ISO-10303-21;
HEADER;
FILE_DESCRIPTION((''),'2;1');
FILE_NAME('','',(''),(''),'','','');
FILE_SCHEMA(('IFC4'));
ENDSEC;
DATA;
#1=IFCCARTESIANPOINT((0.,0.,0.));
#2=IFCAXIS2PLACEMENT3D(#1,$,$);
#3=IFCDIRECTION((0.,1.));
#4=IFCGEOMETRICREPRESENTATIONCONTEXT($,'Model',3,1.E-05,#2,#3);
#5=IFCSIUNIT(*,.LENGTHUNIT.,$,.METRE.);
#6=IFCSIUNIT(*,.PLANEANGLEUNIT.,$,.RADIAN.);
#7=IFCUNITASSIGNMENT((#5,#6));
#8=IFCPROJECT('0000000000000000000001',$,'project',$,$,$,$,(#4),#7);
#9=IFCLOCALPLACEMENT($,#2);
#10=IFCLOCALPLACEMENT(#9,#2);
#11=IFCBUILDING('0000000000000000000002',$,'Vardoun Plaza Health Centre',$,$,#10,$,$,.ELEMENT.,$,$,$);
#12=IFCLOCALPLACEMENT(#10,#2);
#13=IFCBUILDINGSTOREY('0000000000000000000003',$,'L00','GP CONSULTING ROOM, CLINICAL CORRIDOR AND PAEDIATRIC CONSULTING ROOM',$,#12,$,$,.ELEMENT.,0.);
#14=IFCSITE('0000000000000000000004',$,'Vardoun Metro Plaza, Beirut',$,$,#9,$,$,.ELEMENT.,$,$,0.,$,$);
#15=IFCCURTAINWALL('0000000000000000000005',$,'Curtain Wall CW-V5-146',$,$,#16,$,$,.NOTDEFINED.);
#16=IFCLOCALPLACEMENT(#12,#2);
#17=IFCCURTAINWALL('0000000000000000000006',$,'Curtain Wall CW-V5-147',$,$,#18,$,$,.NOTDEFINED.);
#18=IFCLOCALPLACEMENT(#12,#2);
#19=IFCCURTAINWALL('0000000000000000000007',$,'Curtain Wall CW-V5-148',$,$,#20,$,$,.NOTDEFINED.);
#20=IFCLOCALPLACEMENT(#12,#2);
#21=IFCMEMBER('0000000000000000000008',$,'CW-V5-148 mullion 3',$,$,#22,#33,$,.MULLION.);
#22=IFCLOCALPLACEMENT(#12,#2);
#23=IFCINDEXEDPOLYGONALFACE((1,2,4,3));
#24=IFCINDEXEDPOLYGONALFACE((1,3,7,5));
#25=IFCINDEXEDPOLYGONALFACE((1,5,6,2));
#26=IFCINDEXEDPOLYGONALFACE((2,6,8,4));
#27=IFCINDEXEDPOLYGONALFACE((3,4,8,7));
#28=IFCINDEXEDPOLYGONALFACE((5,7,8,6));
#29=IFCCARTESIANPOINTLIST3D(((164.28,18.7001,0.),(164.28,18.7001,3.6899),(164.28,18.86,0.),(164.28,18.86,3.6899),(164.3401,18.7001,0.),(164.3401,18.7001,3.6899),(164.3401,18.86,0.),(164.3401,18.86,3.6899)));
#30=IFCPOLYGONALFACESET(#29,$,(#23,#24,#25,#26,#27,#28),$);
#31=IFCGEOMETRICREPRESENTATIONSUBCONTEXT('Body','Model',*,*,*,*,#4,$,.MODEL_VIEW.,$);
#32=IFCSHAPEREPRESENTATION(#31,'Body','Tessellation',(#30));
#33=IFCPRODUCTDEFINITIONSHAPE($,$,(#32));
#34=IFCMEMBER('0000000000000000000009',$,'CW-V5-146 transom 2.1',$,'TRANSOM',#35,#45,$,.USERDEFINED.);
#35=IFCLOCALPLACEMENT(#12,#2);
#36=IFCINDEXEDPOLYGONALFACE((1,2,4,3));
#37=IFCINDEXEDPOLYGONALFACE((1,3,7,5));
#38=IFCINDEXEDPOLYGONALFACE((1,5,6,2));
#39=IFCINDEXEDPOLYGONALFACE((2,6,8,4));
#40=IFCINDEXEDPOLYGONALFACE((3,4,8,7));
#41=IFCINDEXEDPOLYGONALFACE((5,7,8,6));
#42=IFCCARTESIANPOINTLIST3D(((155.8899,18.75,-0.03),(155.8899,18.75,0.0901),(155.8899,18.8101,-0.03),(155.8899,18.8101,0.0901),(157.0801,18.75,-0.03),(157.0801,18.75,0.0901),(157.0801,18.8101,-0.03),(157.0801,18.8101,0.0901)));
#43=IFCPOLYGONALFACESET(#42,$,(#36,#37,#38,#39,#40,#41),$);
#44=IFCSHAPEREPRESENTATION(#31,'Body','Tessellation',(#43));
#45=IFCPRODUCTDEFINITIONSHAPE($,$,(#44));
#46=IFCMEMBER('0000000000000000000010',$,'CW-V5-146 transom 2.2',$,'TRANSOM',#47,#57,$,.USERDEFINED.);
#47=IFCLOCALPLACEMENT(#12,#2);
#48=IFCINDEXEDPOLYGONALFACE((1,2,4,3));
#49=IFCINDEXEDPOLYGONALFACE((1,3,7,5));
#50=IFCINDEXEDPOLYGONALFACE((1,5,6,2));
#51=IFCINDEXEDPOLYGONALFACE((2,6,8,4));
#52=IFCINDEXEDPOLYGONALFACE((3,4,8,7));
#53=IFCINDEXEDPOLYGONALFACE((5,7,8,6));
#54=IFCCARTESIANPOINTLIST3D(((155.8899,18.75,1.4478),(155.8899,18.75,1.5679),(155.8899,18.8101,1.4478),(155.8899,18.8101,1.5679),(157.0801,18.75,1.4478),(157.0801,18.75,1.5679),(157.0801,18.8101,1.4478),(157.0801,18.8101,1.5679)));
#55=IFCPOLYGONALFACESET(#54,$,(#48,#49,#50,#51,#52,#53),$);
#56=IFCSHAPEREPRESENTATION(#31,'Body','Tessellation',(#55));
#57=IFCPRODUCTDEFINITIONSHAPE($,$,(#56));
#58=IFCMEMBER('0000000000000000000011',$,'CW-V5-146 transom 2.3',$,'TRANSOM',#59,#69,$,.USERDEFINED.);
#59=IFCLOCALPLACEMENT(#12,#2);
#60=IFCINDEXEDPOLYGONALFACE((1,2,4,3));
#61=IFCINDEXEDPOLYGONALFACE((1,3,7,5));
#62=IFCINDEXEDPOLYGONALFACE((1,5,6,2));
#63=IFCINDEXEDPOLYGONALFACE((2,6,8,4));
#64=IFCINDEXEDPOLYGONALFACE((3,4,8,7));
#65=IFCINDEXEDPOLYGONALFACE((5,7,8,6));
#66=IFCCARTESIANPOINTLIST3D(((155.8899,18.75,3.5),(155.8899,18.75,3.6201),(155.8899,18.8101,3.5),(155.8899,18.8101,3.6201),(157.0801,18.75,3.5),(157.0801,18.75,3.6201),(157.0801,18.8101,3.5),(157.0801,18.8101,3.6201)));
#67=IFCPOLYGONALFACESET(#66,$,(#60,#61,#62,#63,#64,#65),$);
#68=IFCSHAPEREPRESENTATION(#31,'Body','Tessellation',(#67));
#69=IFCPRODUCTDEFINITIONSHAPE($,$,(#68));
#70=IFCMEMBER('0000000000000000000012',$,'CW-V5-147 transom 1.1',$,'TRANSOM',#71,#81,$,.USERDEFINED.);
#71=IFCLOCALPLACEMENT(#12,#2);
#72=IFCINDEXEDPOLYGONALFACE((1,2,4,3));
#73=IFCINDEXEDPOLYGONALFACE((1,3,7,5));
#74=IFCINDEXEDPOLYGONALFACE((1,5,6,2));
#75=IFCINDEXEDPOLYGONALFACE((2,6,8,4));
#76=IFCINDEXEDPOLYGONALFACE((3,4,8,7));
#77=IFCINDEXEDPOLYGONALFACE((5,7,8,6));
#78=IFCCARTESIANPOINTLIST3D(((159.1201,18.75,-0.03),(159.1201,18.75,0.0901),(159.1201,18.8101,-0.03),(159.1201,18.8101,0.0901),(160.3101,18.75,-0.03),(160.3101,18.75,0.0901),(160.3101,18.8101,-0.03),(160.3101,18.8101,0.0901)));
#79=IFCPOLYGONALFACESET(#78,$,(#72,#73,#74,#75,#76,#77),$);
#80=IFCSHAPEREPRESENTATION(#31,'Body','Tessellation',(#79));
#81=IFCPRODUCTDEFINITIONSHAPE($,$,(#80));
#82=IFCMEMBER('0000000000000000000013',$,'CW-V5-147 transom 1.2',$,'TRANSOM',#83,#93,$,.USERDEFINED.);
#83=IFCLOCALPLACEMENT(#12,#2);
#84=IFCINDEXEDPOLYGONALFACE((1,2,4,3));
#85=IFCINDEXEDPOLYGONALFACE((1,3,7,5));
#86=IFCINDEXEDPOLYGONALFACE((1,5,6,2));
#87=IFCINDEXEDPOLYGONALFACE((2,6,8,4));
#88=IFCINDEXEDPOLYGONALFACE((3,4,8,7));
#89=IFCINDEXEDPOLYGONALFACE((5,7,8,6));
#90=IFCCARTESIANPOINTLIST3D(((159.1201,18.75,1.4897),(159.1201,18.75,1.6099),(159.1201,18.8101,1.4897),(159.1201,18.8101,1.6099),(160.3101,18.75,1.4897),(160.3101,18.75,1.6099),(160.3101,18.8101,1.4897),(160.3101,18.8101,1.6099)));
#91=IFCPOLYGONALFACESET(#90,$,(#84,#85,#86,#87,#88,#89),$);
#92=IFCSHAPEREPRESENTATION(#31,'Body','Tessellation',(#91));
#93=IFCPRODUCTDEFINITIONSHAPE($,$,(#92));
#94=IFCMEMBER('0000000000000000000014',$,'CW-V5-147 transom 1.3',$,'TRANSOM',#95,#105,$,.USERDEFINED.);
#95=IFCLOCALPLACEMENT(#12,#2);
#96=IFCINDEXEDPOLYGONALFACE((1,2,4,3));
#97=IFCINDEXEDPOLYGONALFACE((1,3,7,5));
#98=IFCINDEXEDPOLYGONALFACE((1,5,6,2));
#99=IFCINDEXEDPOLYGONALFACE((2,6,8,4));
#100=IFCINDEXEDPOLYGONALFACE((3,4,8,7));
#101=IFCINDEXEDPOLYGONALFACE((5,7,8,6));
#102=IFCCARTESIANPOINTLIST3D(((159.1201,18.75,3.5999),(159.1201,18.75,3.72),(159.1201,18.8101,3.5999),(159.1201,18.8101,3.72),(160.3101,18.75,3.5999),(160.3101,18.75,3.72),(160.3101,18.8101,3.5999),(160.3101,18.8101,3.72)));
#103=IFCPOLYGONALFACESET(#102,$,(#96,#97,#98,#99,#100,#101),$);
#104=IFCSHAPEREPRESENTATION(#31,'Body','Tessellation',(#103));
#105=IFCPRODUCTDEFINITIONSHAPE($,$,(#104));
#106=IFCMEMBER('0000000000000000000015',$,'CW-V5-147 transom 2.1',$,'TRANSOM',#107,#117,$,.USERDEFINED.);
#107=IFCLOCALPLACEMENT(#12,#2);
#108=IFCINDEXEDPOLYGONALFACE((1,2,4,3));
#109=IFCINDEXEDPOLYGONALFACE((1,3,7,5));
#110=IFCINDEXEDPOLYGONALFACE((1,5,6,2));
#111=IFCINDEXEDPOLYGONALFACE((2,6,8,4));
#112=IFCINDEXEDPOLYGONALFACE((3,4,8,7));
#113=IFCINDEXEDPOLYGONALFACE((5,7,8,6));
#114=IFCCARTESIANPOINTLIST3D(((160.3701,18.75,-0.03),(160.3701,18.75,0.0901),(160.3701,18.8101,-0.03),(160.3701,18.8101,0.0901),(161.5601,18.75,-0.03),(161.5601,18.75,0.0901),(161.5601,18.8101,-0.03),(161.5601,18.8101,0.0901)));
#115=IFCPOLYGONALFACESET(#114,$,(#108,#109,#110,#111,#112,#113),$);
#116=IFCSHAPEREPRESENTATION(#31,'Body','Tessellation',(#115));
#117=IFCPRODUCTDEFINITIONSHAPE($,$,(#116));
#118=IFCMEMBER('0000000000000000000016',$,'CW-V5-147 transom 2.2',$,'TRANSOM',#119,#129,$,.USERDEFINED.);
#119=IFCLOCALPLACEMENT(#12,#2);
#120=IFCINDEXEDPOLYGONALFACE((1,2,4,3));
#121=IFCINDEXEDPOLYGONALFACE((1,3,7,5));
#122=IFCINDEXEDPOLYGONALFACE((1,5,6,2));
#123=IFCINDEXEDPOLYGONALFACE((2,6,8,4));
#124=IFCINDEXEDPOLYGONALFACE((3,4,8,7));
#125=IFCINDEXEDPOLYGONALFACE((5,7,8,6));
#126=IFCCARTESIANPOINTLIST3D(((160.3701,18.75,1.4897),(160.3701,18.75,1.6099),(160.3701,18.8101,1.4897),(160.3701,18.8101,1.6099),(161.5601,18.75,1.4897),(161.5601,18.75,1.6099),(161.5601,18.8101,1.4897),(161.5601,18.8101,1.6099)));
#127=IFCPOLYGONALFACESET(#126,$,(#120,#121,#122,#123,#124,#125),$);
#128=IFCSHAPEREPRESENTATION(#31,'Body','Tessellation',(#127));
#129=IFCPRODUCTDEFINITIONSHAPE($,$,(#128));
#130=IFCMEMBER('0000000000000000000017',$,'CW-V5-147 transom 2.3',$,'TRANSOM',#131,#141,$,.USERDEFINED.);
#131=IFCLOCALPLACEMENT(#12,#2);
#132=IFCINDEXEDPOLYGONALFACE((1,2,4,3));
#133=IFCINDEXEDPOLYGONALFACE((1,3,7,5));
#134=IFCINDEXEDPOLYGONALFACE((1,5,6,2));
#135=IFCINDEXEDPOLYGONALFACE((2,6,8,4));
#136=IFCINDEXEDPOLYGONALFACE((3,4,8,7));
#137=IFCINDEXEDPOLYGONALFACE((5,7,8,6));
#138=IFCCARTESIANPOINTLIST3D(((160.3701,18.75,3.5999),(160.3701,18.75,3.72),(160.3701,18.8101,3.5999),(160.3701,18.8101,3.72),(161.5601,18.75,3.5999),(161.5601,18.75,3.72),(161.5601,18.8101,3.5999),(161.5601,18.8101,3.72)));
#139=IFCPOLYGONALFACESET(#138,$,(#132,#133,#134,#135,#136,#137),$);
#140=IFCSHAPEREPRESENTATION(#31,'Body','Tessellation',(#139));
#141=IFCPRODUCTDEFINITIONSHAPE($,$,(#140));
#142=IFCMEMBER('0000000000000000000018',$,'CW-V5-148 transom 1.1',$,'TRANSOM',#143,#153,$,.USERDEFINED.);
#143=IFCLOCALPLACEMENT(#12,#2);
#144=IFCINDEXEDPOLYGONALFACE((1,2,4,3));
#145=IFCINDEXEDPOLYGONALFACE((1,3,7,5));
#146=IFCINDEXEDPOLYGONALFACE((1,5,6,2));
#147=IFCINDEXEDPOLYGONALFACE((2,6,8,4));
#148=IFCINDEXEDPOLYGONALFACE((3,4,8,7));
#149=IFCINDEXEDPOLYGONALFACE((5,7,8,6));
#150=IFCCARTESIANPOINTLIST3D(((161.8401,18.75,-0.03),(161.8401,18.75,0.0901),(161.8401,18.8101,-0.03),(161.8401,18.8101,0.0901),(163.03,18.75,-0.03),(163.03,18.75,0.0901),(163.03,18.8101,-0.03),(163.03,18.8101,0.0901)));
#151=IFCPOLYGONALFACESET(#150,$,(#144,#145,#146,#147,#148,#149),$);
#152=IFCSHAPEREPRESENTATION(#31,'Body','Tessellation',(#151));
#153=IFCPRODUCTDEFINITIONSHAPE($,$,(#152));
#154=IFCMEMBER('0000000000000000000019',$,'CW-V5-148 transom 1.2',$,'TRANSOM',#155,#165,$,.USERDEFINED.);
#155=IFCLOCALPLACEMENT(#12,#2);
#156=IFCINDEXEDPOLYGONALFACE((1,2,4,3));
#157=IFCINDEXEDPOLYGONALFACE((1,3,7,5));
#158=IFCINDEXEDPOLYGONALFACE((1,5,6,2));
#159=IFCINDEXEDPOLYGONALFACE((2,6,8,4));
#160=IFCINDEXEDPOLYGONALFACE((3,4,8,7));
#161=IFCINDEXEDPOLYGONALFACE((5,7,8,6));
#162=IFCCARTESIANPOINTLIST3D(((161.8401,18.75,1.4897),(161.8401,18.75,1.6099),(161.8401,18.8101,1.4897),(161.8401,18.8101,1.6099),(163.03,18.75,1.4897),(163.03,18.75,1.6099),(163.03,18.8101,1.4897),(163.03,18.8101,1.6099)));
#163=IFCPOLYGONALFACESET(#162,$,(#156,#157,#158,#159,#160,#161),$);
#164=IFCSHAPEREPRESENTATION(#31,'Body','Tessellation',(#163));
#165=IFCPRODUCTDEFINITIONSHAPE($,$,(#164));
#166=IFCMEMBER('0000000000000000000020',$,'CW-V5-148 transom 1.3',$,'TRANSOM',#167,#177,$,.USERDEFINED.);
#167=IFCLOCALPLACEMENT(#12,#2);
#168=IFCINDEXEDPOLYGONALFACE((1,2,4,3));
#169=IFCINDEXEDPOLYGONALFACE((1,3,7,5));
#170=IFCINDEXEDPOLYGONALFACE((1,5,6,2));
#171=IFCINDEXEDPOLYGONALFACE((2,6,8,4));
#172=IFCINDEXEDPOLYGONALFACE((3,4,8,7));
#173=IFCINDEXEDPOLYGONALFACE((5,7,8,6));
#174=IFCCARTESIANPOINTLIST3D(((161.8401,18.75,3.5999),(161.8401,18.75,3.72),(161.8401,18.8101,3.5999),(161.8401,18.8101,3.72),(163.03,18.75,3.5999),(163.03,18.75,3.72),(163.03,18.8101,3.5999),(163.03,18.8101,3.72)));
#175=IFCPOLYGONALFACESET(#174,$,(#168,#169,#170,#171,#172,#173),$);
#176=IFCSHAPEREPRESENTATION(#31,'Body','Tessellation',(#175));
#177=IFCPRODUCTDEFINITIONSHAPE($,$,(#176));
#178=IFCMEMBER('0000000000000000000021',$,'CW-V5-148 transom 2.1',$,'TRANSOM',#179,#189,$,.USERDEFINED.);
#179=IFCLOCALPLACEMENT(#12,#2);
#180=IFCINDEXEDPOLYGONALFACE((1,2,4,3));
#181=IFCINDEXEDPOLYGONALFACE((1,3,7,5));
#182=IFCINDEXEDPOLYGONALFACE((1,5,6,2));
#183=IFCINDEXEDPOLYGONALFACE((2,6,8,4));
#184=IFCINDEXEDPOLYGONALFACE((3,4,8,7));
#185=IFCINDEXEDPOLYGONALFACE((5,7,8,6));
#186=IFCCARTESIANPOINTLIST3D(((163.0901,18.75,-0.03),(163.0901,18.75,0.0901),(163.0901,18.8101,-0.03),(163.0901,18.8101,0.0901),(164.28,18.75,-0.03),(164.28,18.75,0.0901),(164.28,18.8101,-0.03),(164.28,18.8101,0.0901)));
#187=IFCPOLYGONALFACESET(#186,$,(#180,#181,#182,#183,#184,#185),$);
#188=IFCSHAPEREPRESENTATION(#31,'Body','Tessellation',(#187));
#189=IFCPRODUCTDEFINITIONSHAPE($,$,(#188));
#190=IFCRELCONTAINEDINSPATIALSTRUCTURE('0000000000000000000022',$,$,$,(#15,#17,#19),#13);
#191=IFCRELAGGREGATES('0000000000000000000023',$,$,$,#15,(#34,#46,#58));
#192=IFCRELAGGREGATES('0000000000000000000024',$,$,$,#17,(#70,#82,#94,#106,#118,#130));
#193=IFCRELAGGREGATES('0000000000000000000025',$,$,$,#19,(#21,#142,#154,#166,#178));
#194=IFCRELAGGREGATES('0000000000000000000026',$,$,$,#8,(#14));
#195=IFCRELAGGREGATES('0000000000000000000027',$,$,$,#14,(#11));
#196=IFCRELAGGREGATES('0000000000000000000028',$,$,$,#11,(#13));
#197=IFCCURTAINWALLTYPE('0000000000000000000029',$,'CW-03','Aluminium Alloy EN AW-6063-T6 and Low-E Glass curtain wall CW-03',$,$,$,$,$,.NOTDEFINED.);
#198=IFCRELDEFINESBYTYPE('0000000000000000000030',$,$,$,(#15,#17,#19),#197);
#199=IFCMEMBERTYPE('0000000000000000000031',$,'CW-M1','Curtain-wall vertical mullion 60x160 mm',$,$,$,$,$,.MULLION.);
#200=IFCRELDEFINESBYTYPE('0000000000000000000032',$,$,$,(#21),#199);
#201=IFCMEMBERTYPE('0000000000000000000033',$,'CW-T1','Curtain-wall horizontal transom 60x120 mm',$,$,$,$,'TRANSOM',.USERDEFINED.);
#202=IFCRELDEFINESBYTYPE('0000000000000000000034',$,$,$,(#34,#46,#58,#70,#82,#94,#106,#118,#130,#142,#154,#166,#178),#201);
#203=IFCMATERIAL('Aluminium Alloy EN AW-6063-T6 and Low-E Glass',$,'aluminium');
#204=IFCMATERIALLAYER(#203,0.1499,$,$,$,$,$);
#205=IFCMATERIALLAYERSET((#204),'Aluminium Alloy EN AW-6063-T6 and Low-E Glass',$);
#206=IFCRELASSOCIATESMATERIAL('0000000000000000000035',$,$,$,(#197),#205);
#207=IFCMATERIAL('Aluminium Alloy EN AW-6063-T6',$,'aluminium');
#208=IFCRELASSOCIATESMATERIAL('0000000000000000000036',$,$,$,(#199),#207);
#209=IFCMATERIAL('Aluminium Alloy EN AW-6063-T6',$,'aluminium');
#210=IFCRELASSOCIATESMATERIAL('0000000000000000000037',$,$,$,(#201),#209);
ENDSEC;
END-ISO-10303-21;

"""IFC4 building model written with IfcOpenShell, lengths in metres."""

from ifc_helpers import new_model, si_unit, direction, frame, origin, origin_2d, place, context, subcontext, project, spatial, rectangle, extrude, material, layer, layer_set, material_profile, profile_set, type_object, element, aggregate, save


model = new_model("IFC4")

# Units and contexts
model_context = context("Model", 3, precision=1e-05, world=origin(), true_north=direction((0.0, 1.0)))
body_context = subcontext(model_context, "Body", "Model", "MODEL_VIEW")
ifc_project = project(units=[si_unit("LENGTHUNIT", "METRE"), si_unit("PLANEANGLEUNIT", "RADIAN")], contexts=[model_context])

# Site, building, storey
site_placement = place(None, origin())
site = spatial("IfcSite", under=ifc_project, at=site_placement, Name="Vardoun Metro Plaza, Beirut", CompositionType="ELEMENT", RefElevation=0.0)
building_placement = place(site_placement, origin())
building = spatial("IfcBuilding", under=site, at=building_placement, Name="Vardoun Plaza Health Centre", CompositionType="ELEMENT")
storey_placement = place(building_placement, origin())
storey = spatial("IfcBuildingStorey", under=building, at=storey_placement, Name="L00", Description="GP CONSULTING ROOM, CLINICAL CORRIDOR AND PAEDIATRIC CONSULTING ROOM", CompositionType="ELEMENT", Elevation=0.0)

# Curtain walls, member
ifc_material_1 = material(Name="Aluminium Alloy EN AW-6063-T6 and Low-E Glass", Category="aluminium")
ifc_layer_1 = layer(ifc_material_1, 0.1499)
ifc_layer_set_1 = layer_set([ifc_layer_1], Name="Aluminium Alloy EN AW-6063-T6 and Low-E Glass")
curtain_wall_type = type_object("IfcCurtainWallType", Name="CW-03", Description="Aluminium Alloy EN AW-6063-T6 and Low-E Glass curtain wall CW-03", PredefinedType="NOTDEFINED", material=ifc_layer_set_1)
curtain_wall_1_placement = place(storey_placement, origin())
curtain_wall_1 = element("IfcCurtainWall", 1, at=curtain_wall_1_placement, inside=storey, type_object=curtain_wall_type, Name="Curtain Wall CW-V5-146", PredefinedType="NOTDEFINED")
ifc_material_2 = material(Name="Aluminium Alloy EN AW-6063-T6", Category="aluminium")
ifc_material_profile_1 = material_profile(ifc_material_2, rectangle(XDim=0.1599, YDim=0.0601, at=origin_2d()), Name="CWM 60x160")
ifc_profile_set_1 = profile_set([ifc_material_profile_1], Name="Aluminium Alloy EN AW-6063-T6")
member_type_1 = type_object("IfcMemberType", Name="CW-M1", Description="Curtain-wall vertical mullion 60x160 mm", PredefinedType="MULLION", material=ifc_profile_set_1)
curtain_wall_2_placement = place(storey_placement, origin())
curtain_wall_2 = element("IfcCurtainWall", 2, at=curtain_wall_2_placement, inside=storey, type_object=curtain_wall_type, Name="Curtain Wall CW-V5-147", PredefinedType="NOTDEFINED")
curtain_wall_3_placement = place(storey_placement, origin())
curtain_wall_3 = element("IfcCurtainWall", 3, at=curtain_wall_3_placement, inside=storey, type_object=curtain_wall_type, Name="Curtain Wall CW-V5-148", PredefinedType="NOTDEFINED")
member_1_placement = place(storey_placement, frame((164.3101, 18.78, 0.0), z_axis=(0.0, 0.0, 1.0), x_axis=(0.0, 1.0, 0.0)))
member_1 = element("IfcMember", 4, at=member_1_placement, type_object=member_type_1, Name="CW-V5-148 mullion 3", PredefinedType="MULLION", context=body_context, shape_type="SweptSolid", body=[
    extrude(rectangle(XDim=0.1599, YDim=0.0601, at=origin_2d()), origin(), (0.0, 0.0, 1.0), 3.6899),
])

# Members
ifc_material_3 = material(Name="Aluminium Alloy EN AW-6063-T6", Category="aluminium")
ifc_material_profile_2 = material_profile(ifc_material_3, rectangle(XDim=0.0601, YDim=0.1201, at=origin_2d()), Name="CWT 60x120")
ifc_profile_set_2 = profile_set([ifc_material_profile_2], Name="Aluminium Alloy EN AW-6063-T6")
member_type_2 = type_object("IfcMemberType", Name="CW-T1", Description="Curtain-wall horizontal transom 60x120 mm", ElementType="TRANSOM", PredefinedType="USERDEFINED", material=ifc_profile_set_2)
member_2_placement = place(storey_placement, frame((155.8899, 18.78, 0.03), z_axis=(1.0, 0.0, 0.0), x_axis=(0.0, 1.0, 0.0)))
member_2 = element("IfcMember", 5, at=member_2_placement, type_object=member_type_2, Name="CW-V5-146 transom 2.1", ObjectType="TRANSOM", PredefinedType="USERDEFINED", context=body_context, shape_type="SweptSolid", body=[
    extrude(rectangle(XDim=0.0601, YDim=0.1201, at=origin_2d()), origin(), (0.0, 0.0, 1.0), 1.1902),
])
member_3_placement = place(storey_placement, frame((155.8899, 18.78, 1.5078), z_axis=(1.0, 0.0, 0.0), x_axis=(0.0, 1.0, 0.0)))
member_3 = element("IfcMember", 6, at=member_3_placement, type_object=member_type_2, Name="CW-V5-146 transom 2.2", ObjectType="TRANSOM", PredefinedType="USERDEFINED", context=body_context, shape_type="SweptSolid", body=[
    extrude(rectangle(XDim=0.0601, YDim=0.1201, at=origin_2d()), origin(), (0.0, 0.0, 1.0), 1.1902),
])
member_4_placement = place(storey_placement, frame((155.8899, 18.78, 3.5601), z_axis=(1.0, 0.0, 0.0), x_axis=(0.0, 1.0, 0.0)))
member_4 = element("IfcMember", 7, at=member_4_placement, type_object=member_type_2, Name="CW-V5-146 transom 2.3", ObjectType="TRANSOM", PredefinedType="USERDEFINED", context=body_context, shape_type="SweptSolid", body=[
    extrude(rectangle(XDim=0.0601, YDim=0.1201, at=origin_2d()), origin(), (0.0, 0.0, 1.0), 1.1902),
])
member_5_placement = place(storey_placement, frame((159.1201, 18.78, 0.03), z_axis=(1.0, 0.0, 0.0), x_axis=(0.0, 1.0, 0.0)))
member_5 = element("IfcMember", 8, at=member_5_placement, type_object=member_type_2, Name="CW-V5-147 transom 1.1", ObjectType="TRANSOM", PredefinedType="USERDEFINED", context=body_context, shape_type="SweptSolid", body=[
    extrude(rectangle(XDim=0.0601, YDim=0.1201, at=origin_2d()), origin(), (0.0, 0.0, 1.0), 1.1899),
])
member_6_placement = place(storey_placement, frame((159.1201, 18.78, 1.5498), z_axis=(1.0, 0.0, 0.0), x_axis=(0.0, 1.0, 0.0)))
member_6 = element("IfcMember", 9, at=member_6_placement, type_object=member_type_2, Name="CW-V5-147 transom 1.2", ObjectType="TRANSOM", PredefinedType="USERDEFINED", context=body_context, shape_type="SweptSolid", body=[
    extrude(rectangle(XDim=0.0601, YDim=0.1201, at=origin_2d()), origin(), (0.0, 0.0, 1.0), 1.1899),
])
member_7_placement = place(storey_placement, frame((159.1201, 18.78, 3.6599), z_axis=(1.0, 0.0, 0.0), x_axis=(0.0, 1.0, 0.0)))
member_7 = element("IfcMember", 10, at=member_7_placement, type_object=member_type_2, Name="CW-V5-147 transom 1.3", ObjectType="TRANSOM", PredefinedType="USERDEFINED", context=body_context, shape_type="SweptSolid", body=[
    extrude(rectangle(XDim=0.0601, YDim=0.1201, at=origin_2d()), origin(), (0.0, 0.0, 1.0), 1.1899),
])
member_8_placement = place(storey_placement, frame((160.3701, 18.78, 0.03), z_axis=(1.0, 0.0, 0.0), x_axis=(0.0, 1.0, 0.0)))
member_8 = element("IfcMember", 11, at=member_8_placement, type_object=member_type_2, Name="CW-V5-147 transom 2.1", ObjectType="TRANSOM", PredefinedType="USERDEFINED", context=body_context, shape_type="SweptSolid", body=[
    extrude(rectangle(XDim=0.0601, YDim=0.1201, at=origin_2d()), origin(), (0.0, 0.0, 1.0), 1.1899),
])
member_9_placement = place(storey_placement, frame((160.3701, 18.78, 1.5498), z_axis=(1.0, 0.0, 0.0), x_axis=(0.0, 1.0, 0.0)))
member_9 = element("IfcMember", 12, at=member_9_placement, type_object=member_type_2, Name="CW-V5-147 transom 2.2", ObjectType="TRANSOM", PredefinedType="USERDEFINED", context=body_context, shape_type="SweptSolid", body=[
    extrude(rectangle(XDim=0.0601, YDim=0.1201, at=origin_2d()), origin(), (0.0, 0.0, 1.0), 1.1899),
])
member_10_placement = place(storey_placement, frame((160.3701, 18.78, 3.6599), z_axis=(1.0, 0.0, 0.0), x_axis=(0.0, 1.0, 0.0)))
member_10 = element("IfcMember", 13, at=member_10_placement, type_object=member_type_2, Name="CW-V5-147 transom 2.3", ObjectType="TRANSOM", PredefinedType="USERDEFINED", context=body_context, shape_type="SweptSolid", body=[
    extrude(rectangle(XDim=0.0601, YDim=0.1201, at=origin_2d()), origin(), (0.0, 0.0, 1.0), 1.1899),
])
member_11_placement = place(storey_placement, frame((161.8401, 18.78, 0.03), z_axis=(1.0, 0.0, 0.0), x_axis=(0.0, 1.0, 0.0)))
member_11 = element("IfcMember", 14, at=member_11_placement, type_object=member_type_2, Name="CW-V5-148 transom 1.1", ObjectType="TRANSOM", PredefinedType="USERDEFINED", context=body_context, shape_type="SweptSolid", body=[
    extrude(rectangle(XDim=0.0601, YDim=0.1201, at=origin_2d()), origin(), (0.0, 0.0, 1.0), 1.1899),
])
member_12_placement = place(storey_placement, frame((161.8401, 18.78, 1.5498), z_axis=(1.0, 0.0, 0.0), x_axis=(0.0, 1.0, 0.0)))
member_12 = element("IfcMember", 15, at=member_12_placement, type_object=member_type_2, Name="CW-V5-148 transom 1.2", ObjectType="TRANSOM", PredefinedType="USERDEFINED", context=body_context, shape_type="SweptSolid", body=[
    extrude(rectangle(XDim=0.0601, YDim=0.1201, at=origin_2d()), origin(), (0.0, 0.0, 1.0), 1.1899),
])
member_13_placement = place(storey_placement, frame((161.8401, 18.78, 3.6599), z_axis=(1.0, 0.0, 0.0), x_axis=(0.0, 1.0, 0.0)))
member_13 = element("IfcMember", 16, at=member_13_placement, type_object=member_type_2, Name="CW-V5-148 transom 1.3", ObjectType="TRANSOM", PredefinedType="USERDEFINED", context=body_context, shape_type="SweptSolid", body=[
    extrude(rectangle(XDim=0.0601, YDim=0.1201, at=origin_2d()), origin(), (0.0, 0.0, 1.0), 1.1899),
])
member_14_placement = place(storey_placement, frame((163.0901, 18.78, 0.03), z_axis=(1.0, 0.0, 0.0), x_axis=(0.0, 1.0, 0.0)))
member_14 = element("IfcMember", 17, at=member_14_placement, type_object=member_type_2, Name="CW-V5-148 transom 2.1", ObjectType="TRANSOM", PredefinedType="USERDEFINED", context=body_context, shape_type="SweptSolid", body=[
    extrude(rectangle(XDim=0.0601, YDim=0.1201, at=origin_2d()), origin(), (0.0, 0.0, 1.0), 1.1899),
])

aggregate(curtain_wall_1, [member_2, member_3, member_4])
aggregate(curtain_wall_2, [member_5, member_6, member_7, member_8, member_9, member_10])
aggregate(curtain_wall_3, [member_1, member_11, member_12, member_13, member_14])

save(model, "model.ifc")
